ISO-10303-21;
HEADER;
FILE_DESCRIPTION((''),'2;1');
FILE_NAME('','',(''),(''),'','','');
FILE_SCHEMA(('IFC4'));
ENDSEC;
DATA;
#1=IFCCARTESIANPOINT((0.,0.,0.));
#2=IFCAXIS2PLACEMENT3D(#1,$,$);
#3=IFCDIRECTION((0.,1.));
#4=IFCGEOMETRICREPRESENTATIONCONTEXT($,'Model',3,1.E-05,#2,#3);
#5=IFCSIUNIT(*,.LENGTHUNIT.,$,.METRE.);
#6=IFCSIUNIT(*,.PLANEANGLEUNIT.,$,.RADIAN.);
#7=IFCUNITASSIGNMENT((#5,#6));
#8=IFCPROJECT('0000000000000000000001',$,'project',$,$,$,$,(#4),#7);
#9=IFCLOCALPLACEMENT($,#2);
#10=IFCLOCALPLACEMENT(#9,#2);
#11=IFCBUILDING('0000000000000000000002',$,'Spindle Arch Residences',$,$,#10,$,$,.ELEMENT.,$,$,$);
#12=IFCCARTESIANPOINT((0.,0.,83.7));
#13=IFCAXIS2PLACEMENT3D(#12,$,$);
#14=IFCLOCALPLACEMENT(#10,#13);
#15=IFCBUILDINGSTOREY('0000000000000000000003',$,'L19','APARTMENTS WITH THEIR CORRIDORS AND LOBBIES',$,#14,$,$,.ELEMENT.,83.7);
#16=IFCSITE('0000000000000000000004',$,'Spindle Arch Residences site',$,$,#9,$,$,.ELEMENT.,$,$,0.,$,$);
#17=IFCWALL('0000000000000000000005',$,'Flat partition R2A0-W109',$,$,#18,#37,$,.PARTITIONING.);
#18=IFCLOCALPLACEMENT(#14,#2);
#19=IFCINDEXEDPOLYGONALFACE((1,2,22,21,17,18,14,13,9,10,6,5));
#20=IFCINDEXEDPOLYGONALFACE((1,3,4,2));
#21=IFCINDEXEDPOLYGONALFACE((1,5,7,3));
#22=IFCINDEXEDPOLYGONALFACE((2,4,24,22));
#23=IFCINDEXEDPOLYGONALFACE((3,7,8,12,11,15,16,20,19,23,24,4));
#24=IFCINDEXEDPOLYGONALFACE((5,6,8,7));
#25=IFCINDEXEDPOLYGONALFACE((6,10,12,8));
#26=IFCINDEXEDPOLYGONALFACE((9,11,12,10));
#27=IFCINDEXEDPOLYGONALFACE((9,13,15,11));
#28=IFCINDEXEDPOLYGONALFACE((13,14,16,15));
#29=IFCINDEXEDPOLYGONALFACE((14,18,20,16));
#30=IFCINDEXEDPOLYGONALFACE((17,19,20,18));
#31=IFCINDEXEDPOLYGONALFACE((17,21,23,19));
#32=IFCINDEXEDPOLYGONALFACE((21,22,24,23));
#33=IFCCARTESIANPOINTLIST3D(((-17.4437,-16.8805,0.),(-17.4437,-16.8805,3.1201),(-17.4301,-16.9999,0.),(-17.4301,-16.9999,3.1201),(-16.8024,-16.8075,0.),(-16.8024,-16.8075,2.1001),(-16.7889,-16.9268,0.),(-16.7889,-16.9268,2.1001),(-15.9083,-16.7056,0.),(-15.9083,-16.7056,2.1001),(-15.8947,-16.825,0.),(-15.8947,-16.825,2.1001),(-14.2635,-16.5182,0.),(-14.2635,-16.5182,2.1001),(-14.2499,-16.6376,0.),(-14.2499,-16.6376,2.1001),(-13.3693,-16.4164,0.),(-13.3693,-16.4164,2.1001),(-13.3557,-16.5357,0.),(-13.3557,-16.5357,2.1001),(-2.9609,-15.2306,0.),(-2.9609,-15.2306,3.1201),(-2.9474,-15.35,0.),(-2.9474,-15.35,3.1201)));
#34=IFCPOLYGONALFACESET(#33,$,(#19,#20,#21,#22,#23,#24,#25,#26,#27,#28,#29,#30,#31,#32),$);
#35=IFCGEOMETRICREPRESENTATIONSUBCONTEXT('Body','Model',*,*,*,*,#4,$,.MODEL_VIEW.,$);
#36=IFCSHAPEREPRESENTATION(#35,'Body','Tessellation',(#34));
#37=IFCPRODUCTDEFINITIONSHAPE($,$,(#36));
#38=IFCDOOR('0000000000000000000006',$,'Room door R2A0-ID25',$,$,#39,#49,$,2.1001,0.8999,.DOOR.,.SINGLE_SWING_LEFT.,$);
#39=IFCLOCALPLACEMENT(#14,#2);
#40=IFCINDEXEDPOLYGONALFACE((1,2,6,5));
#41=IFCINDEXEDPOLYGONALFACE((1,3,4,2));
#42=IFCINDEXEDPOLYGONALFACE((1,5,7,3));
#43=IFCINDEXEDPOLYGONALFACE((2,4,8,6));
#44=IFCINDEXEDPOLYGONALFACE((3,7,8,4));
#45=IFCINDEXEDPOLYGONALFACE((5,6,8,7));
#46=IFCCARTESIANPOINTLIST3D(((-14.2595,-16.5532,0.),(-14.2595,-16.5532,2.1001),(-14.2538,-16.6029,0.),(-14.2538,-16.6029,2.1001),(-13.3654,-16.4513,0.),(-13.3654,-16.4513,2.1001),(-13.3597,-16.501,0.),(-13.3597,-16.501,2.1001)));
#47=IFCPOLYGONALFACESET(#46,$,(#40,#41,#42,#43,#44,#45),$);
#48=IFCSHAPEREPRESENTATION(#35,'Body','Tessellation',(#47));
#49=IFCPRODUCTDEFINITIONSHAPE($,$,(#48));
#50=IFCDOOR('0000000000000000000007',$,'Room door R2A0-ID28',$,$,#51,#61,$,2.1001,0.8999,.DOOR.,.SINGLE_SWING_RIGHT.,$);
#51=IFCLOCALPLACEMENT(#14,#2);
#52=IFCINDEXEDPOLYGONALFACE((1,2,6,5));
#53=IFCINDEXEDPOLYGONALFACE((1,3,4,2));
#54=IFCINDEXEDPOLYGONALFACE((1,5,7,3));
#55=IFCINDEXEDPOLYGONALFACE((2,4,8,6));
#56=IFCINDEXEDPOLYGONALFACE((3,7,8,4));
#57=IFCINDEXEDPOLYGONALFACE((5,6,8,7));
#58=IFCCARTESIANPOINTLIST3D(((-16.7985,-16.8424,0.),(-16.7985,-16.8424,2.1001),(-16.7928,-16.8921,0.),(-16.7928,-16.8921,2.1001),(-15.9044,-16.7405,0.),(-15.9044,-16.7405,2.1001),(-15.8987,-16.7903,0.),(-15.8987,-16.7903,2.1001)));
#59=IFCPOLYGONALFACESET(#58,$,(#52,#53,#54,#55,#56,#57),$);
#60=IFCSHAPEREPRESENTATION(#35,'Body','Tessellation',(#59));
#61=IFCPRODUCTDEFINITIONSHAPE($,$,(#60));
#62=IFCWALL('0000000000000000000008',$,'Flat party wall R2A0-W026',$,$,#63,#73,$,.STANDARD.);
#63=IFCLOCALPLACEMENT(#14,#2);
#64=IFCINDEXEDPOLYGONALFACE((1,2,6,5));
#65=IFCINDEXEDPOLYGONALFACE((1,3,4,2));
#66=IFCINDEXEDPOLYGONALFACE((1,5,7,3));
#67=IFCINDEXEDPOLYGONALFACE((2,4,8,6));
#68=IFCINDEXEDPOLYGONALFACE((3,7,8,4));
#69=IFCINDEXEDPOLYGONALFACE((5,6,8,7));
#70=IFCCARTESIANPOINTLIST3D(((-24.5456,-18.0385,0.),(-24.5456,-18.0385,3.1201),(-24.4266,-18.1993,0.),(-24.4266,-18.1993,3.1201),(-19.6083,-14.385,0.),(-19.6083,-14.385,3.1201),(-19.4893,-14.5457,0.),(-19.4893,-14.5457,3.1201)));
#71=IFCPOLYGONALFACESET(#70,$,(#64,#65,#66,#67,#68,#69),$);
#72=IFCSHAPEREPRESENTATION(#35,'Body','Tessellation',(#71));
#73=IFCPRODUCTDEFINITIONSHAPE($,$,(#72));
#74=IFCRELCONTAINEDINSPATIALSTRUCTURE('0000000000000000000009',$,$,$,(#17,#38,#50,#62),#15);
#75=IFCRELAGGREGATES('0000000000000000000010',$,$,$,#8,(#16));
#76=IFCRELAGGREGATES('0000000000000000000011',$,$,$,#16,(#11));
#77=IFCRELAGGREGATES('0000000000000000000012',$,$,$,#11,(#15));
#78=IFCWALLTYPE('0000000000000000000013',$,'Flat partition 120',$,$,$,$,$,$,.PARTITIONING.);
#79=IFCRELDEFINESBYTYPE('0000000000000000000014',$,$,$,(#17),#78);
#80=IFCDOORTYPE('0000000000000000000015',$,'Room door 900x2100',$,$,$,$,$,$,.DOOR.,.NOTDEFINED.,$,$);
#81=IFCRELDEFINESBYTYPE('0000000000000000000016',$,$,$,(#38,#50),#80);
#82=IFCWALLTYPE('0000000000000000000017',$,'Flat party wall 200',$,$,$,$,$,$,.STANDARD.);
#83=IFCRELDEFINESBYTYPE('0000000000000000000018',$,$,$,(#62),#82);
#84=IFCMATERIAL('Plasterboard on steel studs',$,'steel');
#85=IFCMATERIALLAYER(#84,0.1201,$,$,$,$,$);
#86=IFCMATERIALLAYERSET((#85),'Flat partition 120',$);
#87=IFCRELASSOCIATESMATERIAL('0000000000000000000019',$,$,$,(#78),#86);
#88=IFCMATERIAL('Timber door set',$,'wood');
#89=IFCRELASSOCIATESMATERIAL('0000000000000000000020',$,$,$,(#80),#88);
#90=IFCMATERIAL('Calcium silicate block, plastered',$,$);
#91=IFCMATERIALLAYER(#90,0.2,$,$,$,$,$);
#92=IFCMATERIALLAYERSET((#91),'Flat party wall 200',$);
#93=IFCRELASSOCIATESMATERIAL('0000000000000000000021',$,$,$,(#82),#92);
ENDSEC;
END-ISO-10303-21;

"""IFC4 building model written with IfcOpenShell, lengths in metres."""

from ifc_helpers import new_model, si_unit, direction, frame, frame_2d, origin, place, context, subcontext, project, spatial, rectangle, extrude, material, layer, layer_set, type_object, element, fill, save


model = new_model("IFC4")

# Units and contexts
model_context = context("Model", 3, precision=1e-05, world=origin(), true_north=direction((0.0, 1.0)))
body_context = subcontext(model_context, "Body", "Model", "MODEL_VIEW")
ifc_project = project(units=[si_unit("LENGTHUNIT", "METRE"), si_unit("PLANEANGLEUNIT", "RADIAN")], contexts=[model_context])

# Site, building, storey
site_placement = place(None, origin())
site = spatial("IfcSite", under=ifc_project, at=site_placement, Name="Spindle Arch Residences site", CompositionType="ELEMENT", RefElevation=0.0)
building_placement = place(site_placement, origin())
building = spatial("IfcBuilding", under=site, at=building_placement, Name="Spindle Arch Residences", CompositionType="ELEMENT")
storey_placement = place(building_placement, frame((0.0, 0.0, 83.7)))
storey = spatial("IfcBuildingStorey", under=building, at=storey_placement, Name="L19", Description="APARTMENTS WITH THEIR CORRIDORS AND LOBBIES", CompositionType="ELEMENT", Elevation=83.7)

# Shared definitions
ifc_material_1 = material(Name="Plasterboard on steel studs", Category="steel")
ifc_layer_1 = layer(ifc_material_1, 0.1201)
ifc_layer_set_1 = layer_set([ifc_layer_1], Name="Flat partition 120")
wall_type_1 = type_object("IfcWallType", Name="Flat partition 120", PredefinedType="PARTITIONING", material=ifc_layer_set_1)

# Wall, openings, doors
wall_1_placement = place(storey_placement, frame((-17.4368, -16.9402, 0.0), z_axis=(0.0, 0.0, 1.0), x_axis=(0.993573, 0.11319, 0.0)))
wall_1 = element("IfcWall", 1, at=wall_1_placement, inside=storey, type_object=wall_type_1, Name="Flat partition R2A0-W109", PredefinedType="PARTITIONING", context=body_context, shape_type="SweptSolid", body=[
    extrude(rectangle(XDim=14.5764, YDim=0.1201, at=frame_2d((7.2881, 0.0))), origin(), (0.0, 0.0, 1.0), 3.1201),
])
opening_1_placement = place(wall_1_placement, frame((3.2007, 0.0, 0.0)))
opening_1 = element("IfcOpeningElement", 2, at=opening_1_placement, cuts=wall_1, PredefinedType="OPENING", context=body_context, shape_type="SweptSolid", body=[
    extrude(rectangle(XDim=0.8999, YDim=2.1001, at=frame_2d((0.45, 1.05))), frame((0.0, 0.0701, 0.0), z_axis=(0.0, -1.0, 0.0), x_axis=(1.0, 0.0, 0.0)), (0.0, 0.0, 1.0), 0.1401),
])
opening_2_placement = place(wall_1_placement, frame((0.6453, 0.0, 0.0)))
opening_2 = element("IfcOpeningElement", 3, at=opening_2_placement, cuts=wall_1, PredefinedType="OPENING", context=body_context, shape_type="SweptSolid", body=[
    extrude(rectangle(XDim=0.8999, YDim=2.1001, at=frame_2d((0.45, 1.05))), frame((0.0, 0.0701, 0.0), z_axis=(0.0, -1.0, 0.0), x_axis=(1.0, 0.0, 0.0)), (0.0, 0.0, 1.0), 0.1401),
])
ifc_material_2 = material(Name="Timber door set", Category="wood")
door_type = type_object("IfcDoorType", Name="Room door 900x2100", OperationType="NOTDEFINED", PredefinedType="DOOR", material=ifc_material_2)
door_1_placement = place(opening_1_placement, origin())
door_1 = element("IfcDoor", 4, at=door_1_placement, inside=storey, type_object=door_type, Name="Room door R2A0-ID25", OperationType="SINGLE_SWING_LEFT", OverallHeight=2.1001, OverallWidth=0.8999, PredefinedType="DOOR", context=body_context, shape_type="SweptSolid", body=[
    extrude(rectangle(XDim=0.8999, YDim=2.1001, at=frame_2d((0.45, 1.05))), frame((0.0, 0.0249, 0.0), z_axis=(0.0, -1.0, 0.0), x_axis=(1.0, 0.0, 0.0)), (0.0, 0.0, 1.0), 0.05),
])
fill(opening_1, door_1)
door_2_placement = place(opening_2_placement, origin())
door_2 = element("IfcDoor", 5, at=door_2_placement, inside=storey, type_object=door_type, Name="Room door R2A0-ID28", OperationType="SINGLE_SWING_RIGHT", OverallHeight=2.1001, OverallWidth=0.8999, PredefinedType="DOOR", context=body_context, shape_type="SweptSolid", body=[
    extrude(rectangle(XDim=0.8999, YDim=2.1001, at=frame_2d((0.45, 1.05))), frame((0.0, 0.0249, 0.0), z_axis=(0.0, -1.0, 0.0), x_axis=(1.0, 0.0, 0.0)), (0.0, 0.0, 1.0), 0.05),
])
fill(opening_2, door_2)

# Wall
ifc_material_3 = material(Name="Calcium silicate block, plastered")
ifc_layer_2 = layer(ifc_material_3, 0.2)
ifc_layer_set_2 = layer_set([ifc_layer_2], Name="Flat party wall 200")
wall_type_2 = type_object("IfcWallType", Name="Flat party wall 200", PredefinedType="STANDARD", material=ifc_layer_set_2)
wall_2_placement = place(storey_placement, frame((-24.4861, -18.1189, 0.0), z_axis=(0.0, 0.0, 1.0), x_axis=(0.803842, 0.594842, 0.0)))
element("IfcWall", 6, at=wall_2_placement, inside=storey, type_object=wall_type_2, Name="Flat party wall R2A0-W026", PredefinedType="STANDARD", context=body_context, shape_type="SweptSolid", body=[
    extrude(rectangle(XDim=6.1421, YDim=0.2, at=frame_2d((3.071, 0.0))), origin(), (0.0, 0.0, 1.0), 3.1201),
])

save(model, "model.ifc")
